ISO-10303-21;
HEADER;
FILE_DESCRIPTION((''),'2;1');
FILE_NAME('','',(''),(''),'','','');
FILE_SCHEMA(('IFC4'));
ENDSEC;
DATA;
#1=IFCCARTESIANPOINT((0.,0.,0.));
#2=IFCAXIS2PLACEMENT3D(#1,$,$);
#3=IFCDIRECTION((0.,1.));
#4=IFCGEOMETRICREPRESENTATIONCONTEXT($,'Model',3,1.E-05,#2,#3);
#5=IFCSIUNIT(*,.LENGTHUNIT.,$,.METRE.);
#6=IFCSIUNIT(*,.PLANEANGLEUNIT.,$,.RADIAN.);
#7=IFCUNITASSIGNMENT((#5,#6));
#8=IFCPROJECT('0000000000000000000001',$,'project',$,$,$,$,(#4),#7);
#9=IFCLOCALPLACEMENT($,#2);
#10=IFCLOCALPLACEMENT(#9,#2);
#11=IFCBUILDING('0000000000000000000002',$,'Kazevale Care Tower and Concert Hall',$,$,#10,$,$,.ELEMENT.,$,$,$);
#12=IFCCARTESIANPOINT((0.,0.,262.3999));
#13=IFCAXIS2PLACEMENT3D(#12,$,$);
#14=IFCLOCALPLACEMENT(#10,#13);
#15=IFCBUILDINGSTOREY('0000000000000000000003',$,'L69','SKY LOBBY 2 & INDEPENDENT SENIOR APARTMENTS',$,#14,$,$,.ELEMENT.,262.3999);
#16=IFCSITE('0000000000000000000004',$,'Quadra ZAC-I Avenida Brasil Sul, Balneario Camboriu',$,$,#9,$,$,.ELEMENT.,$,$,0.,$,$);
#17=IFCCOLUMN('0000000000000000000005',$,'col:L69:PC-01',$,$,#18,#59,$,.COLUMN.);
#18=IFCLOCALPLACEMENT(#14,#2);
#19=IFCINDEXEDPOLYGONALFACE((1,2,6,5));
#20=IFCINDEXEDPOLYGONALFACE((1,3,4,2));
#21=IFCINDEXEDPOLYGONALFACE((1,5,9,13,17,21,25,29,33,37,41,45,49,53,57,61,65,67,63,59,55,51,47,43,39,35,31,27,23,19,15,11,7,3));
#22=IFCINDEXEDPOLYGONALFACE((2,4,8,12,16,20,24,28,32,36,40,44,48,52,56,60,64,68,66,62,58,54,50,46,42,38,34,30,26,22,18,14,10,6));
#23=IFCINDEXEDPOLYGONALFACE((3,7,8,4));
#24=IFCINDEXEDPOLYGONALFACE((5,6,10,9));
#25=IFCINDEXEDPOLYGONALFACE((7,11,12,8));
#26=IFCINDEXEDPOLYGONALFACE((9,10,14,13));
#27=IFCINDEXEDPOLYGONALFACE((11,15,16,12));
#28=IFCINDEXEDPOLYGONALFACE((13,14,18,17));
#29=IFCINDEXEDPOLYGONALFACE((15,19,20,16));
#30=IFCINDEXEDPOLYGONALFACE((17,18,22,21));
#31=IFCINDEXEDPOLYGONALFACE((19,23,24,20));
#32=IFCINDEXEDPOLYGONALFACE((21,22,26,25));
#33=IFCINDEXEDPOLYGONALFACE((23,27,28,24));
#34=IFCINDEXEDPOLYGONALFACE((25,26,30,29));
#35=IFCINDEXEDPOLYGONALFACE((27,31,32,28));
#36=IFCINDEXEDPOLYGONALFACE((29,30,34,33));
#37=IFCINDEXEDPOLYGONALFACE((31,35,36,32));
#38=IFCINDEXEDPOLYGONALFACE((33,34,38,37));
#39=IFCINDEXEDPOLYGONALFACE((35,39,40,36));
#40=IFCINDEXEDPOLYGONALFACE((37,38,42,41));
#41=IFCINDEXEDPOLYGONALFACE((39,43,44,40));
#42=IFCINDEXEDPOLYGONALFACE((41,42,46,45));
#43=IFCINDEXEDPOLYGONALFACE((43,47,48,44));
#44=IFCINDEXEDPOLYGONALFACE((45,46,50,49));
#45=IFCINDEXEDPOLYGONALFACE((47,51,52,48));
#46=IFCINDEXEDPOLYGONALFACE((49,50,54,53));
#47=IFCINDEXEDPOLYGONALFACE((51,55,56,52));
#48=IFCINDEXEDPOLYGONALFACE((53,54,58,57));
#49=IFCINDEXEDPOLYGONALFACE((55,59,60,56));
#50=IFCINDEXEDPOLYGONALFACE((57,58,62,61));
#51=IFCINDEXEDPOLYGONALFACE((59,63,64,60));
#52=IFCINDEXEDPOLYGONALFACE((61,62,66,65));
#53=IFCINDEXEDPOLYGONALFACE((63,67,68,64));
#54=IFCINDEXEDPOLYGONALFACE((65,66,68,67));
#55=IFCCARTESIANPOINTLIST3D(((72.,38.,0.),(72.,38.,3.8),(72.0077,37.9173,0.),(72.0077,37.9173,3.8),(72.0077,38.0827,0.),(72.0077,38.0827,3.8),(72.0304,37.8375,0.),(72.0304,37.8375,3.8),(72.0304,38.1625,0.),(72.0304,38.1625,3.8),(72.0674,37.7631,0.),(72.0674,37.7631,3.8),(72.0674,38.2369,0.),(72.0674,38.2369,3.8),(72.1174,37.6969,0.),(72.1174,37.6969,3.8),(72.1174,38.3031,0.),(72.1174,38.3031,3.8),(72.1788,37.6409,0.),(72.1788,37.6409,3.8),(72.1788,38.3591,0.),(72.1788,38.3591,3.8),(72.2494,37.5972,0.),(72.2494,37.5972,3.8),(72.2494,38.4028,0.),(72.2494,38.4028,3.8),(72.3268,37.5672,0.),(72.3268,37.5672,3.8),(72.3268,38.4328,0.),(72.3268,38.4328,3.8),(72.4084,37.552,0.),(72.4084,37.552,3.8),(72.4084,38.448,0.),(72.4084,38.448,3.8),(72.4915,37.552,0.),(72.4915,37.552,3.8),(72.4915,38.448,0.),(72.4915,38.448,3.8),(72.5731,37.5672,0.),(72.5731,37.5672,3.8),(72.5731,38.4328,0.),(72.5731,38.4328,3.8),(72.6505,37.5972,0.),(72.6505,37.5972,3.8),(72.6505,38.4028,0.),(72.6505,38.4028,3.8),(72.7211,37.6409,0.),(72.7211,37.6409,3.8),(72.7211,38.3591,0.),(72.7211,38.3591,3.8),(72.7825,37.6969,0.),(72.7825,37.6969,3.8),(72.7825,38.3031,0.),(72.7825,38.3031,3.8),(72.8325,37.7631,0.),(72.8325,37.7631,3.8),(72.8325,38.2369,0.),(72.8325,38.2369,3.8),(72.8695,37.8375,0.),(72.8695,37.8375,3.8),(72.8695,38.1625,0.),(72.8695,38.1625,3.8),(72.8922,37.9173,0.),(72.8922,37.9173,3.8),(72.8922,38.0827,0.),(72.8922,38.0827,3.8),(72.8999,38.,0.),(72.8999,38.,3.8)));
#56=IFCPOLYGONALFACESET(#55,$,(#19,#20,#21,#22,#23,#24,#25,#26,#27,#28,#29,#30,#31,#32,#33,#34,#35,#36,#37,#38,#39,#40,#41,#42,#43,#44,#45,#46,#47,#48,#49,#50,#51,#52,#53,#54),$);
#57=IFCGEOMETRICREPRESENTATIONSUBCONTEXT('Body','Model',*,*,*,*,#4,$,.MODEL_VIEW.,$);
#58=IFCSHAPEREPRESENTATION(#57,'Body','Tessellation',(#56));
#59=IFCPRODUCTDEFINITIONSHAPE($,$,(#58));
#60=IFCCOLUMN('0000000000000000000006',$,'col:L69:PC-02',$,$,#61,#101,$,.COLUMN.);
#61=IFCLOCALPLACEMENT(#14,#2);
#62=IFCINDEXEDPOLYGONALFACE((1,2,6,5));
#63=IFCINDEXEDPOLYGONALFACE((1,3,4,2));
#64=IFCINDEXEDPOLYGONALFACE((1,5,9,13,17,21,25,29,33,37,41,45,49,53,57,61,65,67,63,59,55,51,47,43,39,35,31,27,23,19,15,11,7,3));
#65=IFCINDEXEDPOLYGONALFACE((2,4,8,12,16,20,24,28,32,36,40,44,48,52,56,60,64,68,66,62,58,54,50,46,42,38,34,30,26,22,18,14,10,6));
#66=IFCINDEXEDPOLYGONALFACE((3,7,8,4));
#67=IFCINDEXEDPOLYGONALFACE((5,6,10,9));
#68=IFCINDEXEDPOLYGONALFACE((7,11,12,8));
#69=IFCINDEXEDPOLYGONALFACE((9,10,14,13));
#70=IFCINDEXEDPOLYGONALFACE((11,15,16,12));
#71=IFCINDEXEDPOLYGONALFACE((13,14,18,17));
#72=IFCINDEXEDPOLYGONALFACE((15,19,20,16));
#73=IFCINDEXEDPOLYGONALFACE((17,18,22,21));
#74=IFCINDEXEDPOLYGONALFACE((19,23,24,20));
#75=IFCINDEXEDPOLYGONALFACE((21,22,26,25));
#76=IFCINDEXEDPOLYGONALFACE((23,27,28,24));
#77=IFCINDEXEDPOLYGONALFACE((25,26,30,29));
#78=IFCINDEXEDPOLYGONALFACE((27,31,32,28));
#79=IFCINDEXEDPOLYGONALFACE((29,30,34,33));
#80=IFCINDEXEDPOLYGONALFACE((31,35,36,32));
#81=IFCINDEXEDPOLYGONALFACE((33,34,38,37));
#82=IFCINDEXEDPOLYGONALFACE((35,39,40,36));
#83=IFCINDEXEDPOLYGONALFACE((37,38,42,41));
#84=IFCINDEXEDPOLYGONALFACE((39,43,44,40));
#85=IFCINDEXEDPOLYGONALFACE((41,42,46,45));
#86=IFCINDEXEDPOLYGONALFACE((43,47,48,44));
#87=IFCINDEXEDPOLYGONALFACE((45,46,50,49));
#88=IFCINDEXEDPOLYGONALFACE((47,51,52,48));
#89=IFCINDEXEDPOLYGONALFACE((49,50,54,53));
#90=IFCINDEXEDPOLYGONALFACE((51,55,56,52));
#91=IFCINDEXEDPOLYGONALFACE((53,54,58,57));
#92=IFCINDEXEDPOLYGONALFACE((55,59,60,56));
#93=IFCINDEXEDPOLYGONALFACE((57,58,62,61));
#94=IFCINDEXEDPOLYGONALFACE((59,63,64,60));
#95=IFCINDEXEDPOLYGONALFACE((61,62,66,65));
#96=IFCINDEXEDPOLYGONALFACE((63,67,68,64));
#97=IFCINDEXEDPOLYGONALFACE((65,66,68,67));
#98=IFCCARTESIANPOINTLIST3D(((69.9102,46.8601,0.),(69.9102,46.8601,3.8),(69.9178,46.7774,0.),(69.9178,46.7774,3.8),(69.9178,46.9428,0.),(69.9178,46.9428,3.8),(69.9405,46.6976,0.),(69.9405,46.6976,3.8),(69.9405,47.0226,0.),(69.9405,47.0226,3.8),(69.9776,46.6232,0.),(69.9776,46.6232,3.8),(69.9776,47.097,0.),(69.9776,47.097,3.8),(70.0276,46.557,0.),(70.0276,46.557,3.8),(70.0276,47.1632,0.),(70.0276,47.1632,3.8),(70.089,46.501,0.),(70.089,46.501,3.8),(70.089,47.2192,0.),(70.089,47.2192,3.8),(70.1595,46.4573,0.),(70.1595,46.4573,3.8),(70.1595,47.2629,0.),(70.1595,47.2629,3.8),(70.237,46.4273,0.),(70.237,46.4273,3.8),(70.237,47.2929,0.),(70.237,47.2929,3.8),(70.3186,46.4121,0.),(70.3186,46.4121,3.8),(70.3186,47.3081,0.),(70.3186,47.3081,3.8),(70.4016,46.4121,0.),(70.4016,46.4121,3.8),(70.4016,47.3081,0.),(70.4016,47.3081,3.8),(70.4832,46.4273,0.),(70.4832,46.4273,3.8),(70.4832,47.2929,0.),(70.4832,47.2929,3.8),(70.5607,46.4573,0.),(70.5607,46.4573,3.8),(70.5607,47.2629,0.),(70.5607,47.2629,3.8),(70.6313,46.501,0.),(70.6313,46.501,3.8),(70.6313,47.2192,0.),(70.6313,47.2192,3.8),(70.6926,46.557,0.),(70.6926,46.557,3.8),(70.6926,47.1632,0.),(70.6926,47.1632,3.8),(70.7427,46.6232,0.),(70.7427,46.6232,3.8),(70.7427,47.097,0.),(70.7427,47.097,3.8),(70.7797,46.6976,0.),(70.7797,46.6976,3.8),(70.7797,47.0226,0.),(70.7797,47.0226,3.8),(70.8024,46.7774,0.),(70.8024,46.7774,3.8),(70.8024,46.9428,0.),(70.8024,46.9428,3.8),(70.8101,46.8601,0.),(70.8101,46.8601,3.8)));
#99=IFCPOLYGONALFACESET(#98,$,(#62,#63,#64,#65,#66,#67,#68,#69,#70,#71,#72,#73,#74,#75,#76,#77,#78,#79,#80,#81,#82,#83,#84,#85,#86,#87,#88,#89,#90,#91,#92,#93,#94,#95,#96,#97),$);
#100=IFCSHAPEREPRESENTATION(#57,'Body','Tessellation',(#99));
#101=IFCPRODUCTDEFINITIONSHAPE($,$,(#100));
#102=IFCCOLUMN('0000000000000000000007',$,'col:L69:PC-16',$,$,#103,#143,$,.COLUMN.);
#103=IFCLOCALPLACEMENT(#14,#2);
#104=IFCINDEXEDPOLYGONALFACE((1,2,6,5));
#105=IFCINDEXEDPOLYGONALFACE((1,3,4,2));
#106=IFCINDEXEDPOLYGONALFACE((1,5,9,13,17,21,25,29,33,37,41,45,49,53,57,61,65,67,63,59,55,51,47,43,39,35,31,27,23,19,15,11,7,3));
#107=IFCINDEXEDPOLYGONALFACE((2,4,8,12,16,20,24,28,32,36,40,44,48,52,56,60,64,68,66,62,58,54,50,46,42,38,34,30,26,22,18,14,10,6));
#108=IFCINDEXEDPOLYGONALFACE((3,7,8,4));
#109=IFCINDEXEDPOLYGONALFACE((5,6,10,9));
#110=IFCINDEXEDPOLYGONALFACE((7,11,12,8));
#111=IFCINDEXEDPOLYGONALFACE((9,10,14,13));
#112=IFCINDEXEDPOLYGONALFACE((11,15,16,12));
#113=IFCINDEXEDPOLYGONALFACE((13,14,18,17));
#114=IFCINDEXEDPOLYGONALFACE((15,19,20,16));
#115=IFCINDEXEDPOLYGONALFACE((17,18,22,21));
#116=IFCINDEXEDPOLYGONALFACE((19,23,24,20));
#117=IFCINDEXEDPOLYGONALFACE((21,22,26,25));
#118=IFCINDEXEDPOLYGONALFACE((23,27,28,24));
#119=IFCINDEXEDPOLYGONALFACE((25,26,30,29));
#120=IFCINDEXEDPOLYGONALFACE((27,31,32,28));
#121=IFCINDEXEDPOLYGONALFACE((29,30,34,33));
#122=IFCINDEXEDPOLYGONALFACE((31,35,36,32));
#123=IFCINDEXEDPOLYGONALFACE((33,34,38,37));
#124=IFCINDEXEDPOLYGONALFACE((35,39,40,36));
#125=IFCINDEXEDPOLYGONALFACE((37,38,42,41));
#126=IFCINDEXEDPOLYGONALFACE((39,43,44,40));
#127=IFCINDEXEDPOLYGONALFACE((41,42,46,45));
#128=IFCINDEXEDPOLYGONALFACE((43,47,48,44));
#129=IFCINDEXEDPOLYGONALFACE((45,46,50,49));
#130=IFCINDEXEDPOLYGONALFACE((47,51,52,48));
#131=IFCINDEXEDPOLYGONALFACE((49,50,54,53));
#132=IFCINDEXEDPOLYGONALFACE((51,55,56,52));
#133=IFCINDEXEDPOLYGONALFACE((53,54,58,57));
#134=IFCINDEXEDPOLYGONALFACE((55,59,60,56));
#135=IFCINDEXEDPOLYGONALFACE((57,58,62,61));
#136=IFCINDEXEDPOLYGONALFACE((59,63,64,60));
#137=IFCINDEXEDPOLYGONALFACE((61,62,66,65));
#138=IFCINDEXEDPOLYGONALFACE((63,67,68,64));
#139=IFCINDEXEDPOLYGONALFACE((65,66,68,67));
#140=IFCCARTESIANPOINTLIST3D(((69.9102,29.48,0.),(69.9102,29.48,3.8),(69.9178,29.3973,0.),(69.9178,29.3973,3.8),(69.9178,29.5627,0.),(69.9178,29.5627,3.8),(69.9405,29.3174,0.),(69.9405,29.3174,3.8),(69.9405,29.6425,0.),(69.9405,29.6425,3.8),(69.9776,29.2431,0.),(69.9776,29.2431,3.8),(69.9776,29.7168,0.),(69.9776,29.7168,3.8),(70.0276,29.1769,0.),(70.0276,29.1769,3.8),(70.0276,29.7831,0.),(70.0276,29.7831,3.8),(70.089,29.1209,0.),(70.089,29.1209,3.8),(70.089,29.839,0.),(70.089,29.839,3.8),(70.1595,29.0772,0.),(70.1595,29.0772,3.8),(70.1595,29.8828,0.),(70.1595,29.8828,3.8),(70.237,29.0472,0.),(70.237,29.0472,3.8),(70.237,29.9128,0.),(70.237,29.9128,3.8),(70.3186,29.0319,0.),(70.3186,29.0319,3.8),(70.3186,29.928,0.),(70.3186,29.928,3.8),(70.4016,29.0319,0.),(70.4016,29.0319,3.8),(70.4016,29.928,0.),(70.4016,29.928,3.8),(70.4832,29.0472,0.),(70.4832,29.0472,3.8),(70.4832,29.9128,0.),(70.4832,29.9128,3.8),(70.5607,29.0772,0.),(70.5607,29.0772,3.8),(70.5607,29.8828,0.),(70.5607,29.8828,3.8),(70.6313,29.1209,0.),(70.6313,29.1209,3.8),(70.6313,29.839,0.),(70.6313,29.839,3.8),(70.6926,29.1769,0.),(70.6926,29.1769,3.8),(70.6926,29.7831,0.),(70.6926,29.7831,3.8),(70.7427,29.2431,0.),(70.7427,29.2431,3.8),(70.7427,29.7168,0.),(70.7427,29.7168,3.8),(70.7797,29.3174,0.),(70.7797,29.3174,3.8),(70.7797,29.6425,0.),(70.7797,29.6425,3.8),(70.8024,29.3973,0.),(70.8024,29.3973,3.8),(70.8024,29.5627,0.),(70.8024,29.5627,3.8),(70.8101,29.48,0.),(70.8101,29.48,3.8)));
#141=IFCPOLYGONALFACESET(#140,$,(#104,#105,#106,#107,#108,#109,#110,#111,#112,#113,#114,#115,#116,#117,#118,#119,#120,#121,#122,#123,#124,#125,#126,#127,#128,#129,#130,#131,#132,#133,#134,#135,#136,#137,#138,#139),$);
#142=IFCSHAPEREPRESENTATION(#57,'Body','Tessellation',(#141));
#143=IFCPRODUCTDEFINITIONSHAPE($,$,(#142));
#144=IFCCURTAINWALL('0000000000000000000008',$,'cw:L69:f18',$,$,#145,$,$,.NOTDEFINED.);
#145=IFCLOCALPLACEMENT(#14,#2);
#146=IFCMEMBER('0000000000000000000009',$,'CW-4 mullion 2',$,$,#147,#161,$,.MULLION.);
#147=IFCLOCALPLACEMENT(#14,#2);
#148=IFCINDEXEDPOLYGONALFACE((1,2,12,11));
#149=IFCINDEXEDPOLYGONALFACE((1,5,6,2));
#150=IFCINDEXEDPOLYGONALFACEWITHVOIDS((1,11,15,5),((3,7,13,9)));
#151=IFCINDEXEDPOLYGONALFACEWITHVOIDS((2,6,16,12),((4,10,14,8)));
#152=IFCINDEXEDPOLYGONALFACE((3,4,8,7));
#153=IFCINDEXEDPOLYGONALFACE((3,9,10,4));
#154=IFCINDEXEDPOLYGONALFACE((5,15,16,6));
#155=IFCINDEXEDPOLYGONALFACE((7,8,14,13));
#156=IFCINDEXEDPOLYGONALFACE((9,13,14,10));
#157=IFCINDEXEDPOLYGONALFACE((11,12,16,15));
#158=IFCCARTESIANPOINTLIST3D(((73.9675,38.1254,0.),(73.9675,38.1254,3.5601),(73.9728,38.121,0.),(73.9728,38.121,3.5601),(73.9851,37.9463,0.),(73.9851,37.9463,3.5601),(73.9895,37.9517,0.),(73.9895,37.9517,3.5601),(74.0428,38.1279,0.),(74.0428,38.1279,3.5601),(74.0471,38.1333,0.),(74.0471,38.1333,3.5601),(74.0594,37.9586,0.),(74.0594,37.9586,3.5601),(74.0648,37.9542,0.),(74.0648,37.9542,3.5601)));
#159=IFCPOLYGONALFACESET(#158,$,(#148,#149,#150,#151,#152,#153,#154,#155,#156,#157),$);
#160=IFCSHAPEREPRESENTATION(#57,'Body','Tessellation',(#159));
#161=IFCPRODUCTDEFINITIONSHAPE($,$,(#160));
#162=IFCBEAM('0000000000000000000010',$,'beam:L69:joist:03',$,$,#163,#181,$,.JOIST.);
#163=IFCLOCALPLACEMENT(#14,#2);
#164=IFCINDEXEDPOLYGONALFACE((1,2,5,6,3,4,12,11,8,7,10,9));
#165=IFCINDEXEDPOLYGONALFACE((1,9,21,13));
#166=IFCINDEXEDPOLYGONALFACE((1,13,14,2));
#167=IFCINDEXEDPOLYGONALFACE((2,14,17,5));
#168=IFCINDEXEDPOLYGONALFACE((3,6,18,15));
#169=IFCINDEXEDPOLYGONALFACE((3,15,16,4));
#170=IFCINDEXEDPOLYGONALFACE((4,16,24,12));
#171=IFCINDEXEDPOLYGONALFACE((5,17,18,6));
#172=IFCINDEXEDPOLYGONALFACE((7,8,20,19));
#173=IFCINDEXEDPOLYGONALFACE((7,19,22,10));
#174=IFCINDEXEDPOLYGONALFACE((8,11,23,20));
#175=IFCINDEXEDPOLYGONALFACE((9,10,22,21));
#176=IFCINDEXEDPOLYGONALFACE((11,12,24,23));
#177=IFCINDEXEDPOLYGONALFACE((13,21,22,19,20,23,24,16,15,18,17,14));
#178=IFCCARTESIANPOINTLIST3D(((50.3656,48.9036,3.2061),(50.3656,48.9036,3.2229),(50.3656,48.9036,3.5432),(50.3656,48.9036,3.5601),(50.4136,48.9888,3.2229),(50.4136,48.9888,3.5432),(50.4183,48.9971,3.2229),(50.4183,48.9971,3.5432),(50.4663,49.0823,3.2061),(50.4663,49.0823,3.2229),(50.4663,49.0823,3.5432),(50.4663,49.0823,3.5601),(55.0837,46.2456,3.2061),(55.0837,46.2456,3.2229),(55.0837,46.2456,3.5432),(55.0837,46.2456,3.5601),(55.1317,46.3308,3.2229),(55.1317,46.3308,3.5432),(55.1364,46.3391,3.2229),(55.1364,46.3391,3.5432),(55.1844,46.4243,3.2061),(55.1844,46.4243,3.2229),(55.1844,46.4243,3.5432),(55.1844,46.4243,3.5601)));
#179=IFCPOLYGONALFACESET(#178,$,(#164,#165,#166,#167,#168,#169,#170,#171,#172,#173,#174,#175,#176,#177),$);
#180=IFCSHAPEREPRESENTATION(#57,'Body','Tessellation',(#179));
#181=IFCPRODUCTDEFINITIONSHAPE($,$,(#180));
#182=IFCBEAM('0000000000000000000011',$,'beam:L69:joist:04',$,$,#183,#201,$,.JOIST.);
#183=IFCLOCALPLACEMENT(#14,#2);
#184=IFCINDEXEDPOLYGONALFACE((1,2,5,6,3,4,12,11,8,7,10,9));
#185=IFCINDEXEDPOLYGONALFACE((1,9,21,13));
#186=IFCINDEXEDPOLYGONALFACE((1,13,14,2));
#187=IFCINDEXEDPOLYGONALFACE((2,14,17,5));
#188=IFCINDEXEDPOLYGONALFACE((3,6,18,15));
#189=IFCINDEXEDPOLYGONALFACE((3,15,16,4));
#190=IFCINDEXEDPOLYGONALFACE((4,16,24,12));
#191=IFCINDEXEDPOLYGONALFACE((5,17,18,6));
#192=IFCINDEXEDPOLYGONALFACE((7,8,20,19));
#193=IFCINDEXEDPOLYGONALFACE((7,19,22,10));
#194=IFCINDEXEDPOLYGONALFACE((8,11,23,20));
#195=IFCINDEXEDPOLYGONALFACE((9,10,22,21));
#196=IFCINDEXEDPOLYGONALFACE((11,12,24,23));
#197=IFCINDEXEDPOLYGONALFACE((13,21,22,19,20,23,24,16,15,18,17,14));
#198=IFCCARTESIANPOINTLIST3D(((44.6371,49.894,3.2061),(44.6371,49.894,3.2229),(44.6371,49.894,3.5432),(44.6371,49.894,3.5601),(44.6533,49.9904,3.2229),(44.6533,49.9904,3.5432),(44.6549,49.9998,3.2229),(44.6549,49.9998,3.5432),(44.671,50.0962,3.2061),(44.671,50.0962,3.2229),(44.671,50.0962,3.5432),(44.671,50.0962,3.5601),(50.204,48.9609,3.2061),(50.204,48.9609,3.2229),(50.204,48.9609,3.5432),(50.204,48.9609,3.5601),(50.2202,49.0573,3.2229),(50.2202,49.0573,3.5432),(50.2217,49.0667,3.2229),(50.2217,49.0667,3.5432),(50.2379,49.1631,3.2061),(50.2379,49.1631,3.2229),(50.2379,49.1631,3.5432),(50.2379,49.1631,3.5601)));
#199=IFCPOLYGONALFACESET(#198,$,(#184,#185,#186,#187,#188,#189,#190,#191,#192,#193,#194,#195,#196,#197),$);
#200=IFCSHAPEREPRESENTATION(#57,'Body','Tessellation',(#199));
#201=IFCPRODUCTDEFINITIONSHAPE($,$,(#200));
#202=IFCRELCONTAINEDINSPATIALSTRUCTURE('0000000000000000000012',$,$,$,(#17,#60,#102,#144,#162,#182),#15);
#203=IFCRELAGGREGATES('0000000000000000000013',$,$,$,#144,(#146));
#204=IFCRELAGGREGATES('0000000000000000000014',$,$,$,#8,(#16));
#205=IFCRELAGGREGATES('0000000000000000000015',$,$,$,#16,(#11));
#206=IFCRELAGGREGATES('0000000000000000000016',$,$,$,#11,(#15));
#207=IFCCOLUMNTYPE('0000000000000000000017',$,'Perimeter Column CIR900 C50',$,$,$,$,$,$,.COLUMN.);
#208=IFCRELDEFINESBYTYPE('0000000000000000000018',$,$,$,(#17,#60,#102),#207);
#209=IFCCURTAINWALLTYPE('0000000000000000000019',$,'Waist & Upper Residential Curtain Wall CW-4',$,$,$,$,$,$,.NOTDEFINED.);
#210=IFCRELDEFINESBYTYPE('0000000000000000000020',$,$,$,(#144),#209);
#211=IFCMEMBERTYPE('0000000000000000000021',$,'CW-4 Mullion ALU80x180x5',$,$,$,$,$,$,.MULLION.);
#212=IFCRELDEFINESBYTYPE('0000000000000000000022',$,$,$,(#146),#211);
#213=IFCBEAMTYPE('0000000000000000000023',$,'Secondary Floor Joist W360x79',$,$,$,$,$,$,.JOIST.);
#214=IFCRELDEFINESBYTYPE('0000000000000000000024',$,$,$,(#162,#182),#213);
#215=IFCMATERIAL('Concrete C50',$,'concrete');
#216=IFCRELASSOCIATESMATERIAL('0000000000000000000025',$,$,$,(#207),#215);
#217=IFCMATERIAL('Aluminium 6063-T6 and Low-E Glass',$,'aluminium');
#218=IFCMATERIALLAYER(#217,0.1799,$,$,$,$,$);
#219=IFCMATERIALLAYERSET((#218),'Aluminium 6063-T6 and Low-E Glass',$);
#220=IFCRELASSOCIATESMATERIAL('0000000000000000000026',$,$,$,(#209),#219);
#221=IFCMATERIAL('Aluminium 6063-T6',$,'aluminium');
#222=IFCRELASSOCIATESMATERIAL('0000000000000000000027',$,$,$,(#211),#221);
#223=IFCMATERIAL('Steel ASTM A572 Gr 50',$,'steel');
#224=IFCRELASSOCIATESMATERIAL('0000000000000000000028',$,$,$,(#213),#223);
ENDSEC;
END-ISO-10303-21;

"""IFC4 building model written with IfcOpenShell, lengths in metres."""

from ifc_helpers import new_model, si_unit, direction, frame, origin, origin_2d, place, context, subcontext, project, spatial, hollow_rectangle, circle, i_section, extrude, material, layer, layer_set, material_profile, profile_set, type_object, element, aggregate, save


model = new_model("IFC4")

# Units and contexts
model_context = context("Model", 3, precision=1e-05, world=origin(), true_north=direction((0.0, 1.0)))
body_context = subcontext(model_context, "Body", "Model", "MODEL_VIEW")
ifc_project = project(units=[si_unit("LENGTHUNIT", "METRE"), si_unit("PLANEANGLEUNIT", "RADIAN")], contexts=[model_context])

# Site, building, storey
site_placement = place(None, origin())
site = spatial("IfcSite", under=ifc_project, at=site_placement, Name="Quadra ZAC-I Avenida Brasil Sul, Balneario Camboriu", CompositionType="ELEMENT", RefElevation=0.0)
building_placement = place(site_placement, origin())
building = spatial("IfcBuilding", under=site, at=building_placement, Name="Kazevale Care Tower and Concert Hall", CompositionType="ELEMENT")
storey_placement = place(building_placement, frame((0.0, 0.0, 262.3999)))
storey = spatial("IfcBuildingStorey", under=building, at=storey_placement, Name="L69", Description="SKY LOBBY 2 & INDEPENDENT SENIOR APARTMENTS", CompositionType="ELEMENT", Elevation=262.3999)

# Columns
ifc_material_1 = material(Name="Concrete C50", Category="concrete")
ifc_material_profile_1 = material_profile(ifc_material_1, circle(Radius=0.45, at=origin_2d()), Name="RC-CIR900")
ifc_profile_set_1 = profile_set([ifc_material_profile_1], Name="Concrete C50")
column_type = type_object("IfcColumnType", Name="Perimeter Column CIR900 C50", PredefinedType="COLUMN", material=ifc_profile_set_1)
for number, where, z_axis, x_axis, name in (
    (1, (72.45, 38.0, 0.0), (0.0, 0.0, 1.0), (1.0, 0.0, 0.0), "col:L69:PC-01"),
    (2, (70.3601, 46.8601, 0.0), (0.0, 0.0, 1.0), (1.0, 0.0, 0.0), "col:L69:PC-02"),
    (3, (70.3601, 29.48, 0.0), (0.0, 0.0, 1.0), (1.0, 0.0, 0.0), "col:L69:PC-16"),
):
    element("IfcColumn", number, at=place(storey_placement, frame(where, z_axis=z_axis, x_axis=x_axis)), inside=storey, type_object=column_type, Name=name, PredefinedType="COLUMN", context=body_context, shape_type="SweptSolid", body=[
        extrude(circle(Radius=0.45, at=origin_2d()), origin(), (0.0, 0.0, 1.0), 3.8),
    ])

# Curtain wall, member
ifc_material_2 = material(Name="Aluminium 6063-T6 and Low-E Glass", Category="aluminium")
ifc_layer_1 = layer(ifc_material_2, 0.1799)
ifc_layer_set_1 = layer_set([ifc_layer_1], Name="Aluminium 6063-T6 and Low-E Glass")
curtain_wall_type = type_object("IfcCurtainWallType", Name="Waist & Upper Residential Curtain Wall CW-4", PredefinedType="NOTDEFINED", material=ifc_layer_set_1)
curtain_wall_placement = place(storey_placement, origin())
curtain_wall = element("IfcCurtainWall", 4, at=curtain_wall_placement, inside=storey, type_object=curtain_wall_type, Name="cw:L69:f18", PredefinedType="NOTDEFINED")
ifc_material_3 = material(Name="Aluminium 6063-T6", Category="aluminium")
ifc_material_profile_2 = material_profile(ifc_material_3, hollow_rectangle(XDim=0.0801, YDim=0.1799, WallThickness=0.0049, at=origin_2d()), Name="ALU80x180x5")
ifc_profile_set_2 = profile_set([ifc_material_profile_2], Name="Aluminium 6063-T6")
member_type = type_object("IfcMemberType", Name="CW-4 Mullion ALU80x180x5", PredefinedType="MULLION", material=ifc_profile_set_2)
member_placement = place(storey_placement, frame((74.0161, 38.0398, 0.0), z_axis=(0.0, 0.0, 1.0), x_axis=(0.995188, 0.097984, 0.0)))
member = element("IfcMember", 5, at=member_placement, type_object=member_type, Name="CW-4 mullion 2", PredefinedType="MULLION", context=body_context, shape_type="SweptSolid", body=[
    extrude(hollow_rectangle(XDim=0.0801, YDim=0.1799, WallThickness=0.0049, at=origin_2d()), origin(), (0.0, 0.0, 1.0), 3.5601),
])

# Beams
ifc_material_4 = material(Name="Steel ASTM A572 Gr 50", Category="steel")
ifc_material_profile_3 = material_profile(ifc_material_4, i_section(OverallWidth=0.2051, OverallDepth=0.354, WebThickness=0.0095, FlangeThickness=0.0168, at=origin_2d()), Name="W360x79")
ifc_profile_set_3 = profile_set([ifc_material_profile_3], Name="Steel ASTM A572 Gr 50")
beam_type_1 = type_object("IfcBeamType", Name="Secondary Floor Joist W360x79", PredefinedType="JOIST", material=ifc_profile_set_3)
beam_1_placement = place(storey_placement, frame((55.134, 46.335, 3.3831), z_axis=(-0.871254, 0.490833, 0.0), x_axis=(-0.490833, -0.871254, 0.0)))
element("IfcBeam", 6, at=beam_1_placement, inside=storey, type_object=beam_type_1, Name="beam:L69:joist:03", PredefinedType="JOIST", context=body_context, shape_type="SweptSolid", body=[
    extrude(i_section(OverallWidth=0.2051, OverallDepth=0.354, WebThickness=0.0095, FlangeThickness=0.0168, at=origin_2d()), origin(), (0.0, 0.0, 1.0), 5.4153),
])
beam_2_placement = place(storey_placement, frame((50.2209, 49.062, 3.3831), z_axis=(-0.986242, 0.165311, 0.0), x_axis=(-0.165311, -0.986242, 0.0)))
element("IfcBeam", 7, at=beam_2_placement, inside=storey, type_object=beam_type_1, Name="beam:L69:joist:04", PredefinedType="JOIST", context=body_context, shape_type="SweptSolid", body=[
    extrude(i_section(OverallWidth=0.2051, OverallDepth=0.354, WebThickness=0.0095, FlangeThickness=0.0168, at=origin_2d()), origin(), (0.0, 0.0, 1.0), 5.6445),
])

aggregate(curtain_wall, [member])

save(model, "model.ifc")
